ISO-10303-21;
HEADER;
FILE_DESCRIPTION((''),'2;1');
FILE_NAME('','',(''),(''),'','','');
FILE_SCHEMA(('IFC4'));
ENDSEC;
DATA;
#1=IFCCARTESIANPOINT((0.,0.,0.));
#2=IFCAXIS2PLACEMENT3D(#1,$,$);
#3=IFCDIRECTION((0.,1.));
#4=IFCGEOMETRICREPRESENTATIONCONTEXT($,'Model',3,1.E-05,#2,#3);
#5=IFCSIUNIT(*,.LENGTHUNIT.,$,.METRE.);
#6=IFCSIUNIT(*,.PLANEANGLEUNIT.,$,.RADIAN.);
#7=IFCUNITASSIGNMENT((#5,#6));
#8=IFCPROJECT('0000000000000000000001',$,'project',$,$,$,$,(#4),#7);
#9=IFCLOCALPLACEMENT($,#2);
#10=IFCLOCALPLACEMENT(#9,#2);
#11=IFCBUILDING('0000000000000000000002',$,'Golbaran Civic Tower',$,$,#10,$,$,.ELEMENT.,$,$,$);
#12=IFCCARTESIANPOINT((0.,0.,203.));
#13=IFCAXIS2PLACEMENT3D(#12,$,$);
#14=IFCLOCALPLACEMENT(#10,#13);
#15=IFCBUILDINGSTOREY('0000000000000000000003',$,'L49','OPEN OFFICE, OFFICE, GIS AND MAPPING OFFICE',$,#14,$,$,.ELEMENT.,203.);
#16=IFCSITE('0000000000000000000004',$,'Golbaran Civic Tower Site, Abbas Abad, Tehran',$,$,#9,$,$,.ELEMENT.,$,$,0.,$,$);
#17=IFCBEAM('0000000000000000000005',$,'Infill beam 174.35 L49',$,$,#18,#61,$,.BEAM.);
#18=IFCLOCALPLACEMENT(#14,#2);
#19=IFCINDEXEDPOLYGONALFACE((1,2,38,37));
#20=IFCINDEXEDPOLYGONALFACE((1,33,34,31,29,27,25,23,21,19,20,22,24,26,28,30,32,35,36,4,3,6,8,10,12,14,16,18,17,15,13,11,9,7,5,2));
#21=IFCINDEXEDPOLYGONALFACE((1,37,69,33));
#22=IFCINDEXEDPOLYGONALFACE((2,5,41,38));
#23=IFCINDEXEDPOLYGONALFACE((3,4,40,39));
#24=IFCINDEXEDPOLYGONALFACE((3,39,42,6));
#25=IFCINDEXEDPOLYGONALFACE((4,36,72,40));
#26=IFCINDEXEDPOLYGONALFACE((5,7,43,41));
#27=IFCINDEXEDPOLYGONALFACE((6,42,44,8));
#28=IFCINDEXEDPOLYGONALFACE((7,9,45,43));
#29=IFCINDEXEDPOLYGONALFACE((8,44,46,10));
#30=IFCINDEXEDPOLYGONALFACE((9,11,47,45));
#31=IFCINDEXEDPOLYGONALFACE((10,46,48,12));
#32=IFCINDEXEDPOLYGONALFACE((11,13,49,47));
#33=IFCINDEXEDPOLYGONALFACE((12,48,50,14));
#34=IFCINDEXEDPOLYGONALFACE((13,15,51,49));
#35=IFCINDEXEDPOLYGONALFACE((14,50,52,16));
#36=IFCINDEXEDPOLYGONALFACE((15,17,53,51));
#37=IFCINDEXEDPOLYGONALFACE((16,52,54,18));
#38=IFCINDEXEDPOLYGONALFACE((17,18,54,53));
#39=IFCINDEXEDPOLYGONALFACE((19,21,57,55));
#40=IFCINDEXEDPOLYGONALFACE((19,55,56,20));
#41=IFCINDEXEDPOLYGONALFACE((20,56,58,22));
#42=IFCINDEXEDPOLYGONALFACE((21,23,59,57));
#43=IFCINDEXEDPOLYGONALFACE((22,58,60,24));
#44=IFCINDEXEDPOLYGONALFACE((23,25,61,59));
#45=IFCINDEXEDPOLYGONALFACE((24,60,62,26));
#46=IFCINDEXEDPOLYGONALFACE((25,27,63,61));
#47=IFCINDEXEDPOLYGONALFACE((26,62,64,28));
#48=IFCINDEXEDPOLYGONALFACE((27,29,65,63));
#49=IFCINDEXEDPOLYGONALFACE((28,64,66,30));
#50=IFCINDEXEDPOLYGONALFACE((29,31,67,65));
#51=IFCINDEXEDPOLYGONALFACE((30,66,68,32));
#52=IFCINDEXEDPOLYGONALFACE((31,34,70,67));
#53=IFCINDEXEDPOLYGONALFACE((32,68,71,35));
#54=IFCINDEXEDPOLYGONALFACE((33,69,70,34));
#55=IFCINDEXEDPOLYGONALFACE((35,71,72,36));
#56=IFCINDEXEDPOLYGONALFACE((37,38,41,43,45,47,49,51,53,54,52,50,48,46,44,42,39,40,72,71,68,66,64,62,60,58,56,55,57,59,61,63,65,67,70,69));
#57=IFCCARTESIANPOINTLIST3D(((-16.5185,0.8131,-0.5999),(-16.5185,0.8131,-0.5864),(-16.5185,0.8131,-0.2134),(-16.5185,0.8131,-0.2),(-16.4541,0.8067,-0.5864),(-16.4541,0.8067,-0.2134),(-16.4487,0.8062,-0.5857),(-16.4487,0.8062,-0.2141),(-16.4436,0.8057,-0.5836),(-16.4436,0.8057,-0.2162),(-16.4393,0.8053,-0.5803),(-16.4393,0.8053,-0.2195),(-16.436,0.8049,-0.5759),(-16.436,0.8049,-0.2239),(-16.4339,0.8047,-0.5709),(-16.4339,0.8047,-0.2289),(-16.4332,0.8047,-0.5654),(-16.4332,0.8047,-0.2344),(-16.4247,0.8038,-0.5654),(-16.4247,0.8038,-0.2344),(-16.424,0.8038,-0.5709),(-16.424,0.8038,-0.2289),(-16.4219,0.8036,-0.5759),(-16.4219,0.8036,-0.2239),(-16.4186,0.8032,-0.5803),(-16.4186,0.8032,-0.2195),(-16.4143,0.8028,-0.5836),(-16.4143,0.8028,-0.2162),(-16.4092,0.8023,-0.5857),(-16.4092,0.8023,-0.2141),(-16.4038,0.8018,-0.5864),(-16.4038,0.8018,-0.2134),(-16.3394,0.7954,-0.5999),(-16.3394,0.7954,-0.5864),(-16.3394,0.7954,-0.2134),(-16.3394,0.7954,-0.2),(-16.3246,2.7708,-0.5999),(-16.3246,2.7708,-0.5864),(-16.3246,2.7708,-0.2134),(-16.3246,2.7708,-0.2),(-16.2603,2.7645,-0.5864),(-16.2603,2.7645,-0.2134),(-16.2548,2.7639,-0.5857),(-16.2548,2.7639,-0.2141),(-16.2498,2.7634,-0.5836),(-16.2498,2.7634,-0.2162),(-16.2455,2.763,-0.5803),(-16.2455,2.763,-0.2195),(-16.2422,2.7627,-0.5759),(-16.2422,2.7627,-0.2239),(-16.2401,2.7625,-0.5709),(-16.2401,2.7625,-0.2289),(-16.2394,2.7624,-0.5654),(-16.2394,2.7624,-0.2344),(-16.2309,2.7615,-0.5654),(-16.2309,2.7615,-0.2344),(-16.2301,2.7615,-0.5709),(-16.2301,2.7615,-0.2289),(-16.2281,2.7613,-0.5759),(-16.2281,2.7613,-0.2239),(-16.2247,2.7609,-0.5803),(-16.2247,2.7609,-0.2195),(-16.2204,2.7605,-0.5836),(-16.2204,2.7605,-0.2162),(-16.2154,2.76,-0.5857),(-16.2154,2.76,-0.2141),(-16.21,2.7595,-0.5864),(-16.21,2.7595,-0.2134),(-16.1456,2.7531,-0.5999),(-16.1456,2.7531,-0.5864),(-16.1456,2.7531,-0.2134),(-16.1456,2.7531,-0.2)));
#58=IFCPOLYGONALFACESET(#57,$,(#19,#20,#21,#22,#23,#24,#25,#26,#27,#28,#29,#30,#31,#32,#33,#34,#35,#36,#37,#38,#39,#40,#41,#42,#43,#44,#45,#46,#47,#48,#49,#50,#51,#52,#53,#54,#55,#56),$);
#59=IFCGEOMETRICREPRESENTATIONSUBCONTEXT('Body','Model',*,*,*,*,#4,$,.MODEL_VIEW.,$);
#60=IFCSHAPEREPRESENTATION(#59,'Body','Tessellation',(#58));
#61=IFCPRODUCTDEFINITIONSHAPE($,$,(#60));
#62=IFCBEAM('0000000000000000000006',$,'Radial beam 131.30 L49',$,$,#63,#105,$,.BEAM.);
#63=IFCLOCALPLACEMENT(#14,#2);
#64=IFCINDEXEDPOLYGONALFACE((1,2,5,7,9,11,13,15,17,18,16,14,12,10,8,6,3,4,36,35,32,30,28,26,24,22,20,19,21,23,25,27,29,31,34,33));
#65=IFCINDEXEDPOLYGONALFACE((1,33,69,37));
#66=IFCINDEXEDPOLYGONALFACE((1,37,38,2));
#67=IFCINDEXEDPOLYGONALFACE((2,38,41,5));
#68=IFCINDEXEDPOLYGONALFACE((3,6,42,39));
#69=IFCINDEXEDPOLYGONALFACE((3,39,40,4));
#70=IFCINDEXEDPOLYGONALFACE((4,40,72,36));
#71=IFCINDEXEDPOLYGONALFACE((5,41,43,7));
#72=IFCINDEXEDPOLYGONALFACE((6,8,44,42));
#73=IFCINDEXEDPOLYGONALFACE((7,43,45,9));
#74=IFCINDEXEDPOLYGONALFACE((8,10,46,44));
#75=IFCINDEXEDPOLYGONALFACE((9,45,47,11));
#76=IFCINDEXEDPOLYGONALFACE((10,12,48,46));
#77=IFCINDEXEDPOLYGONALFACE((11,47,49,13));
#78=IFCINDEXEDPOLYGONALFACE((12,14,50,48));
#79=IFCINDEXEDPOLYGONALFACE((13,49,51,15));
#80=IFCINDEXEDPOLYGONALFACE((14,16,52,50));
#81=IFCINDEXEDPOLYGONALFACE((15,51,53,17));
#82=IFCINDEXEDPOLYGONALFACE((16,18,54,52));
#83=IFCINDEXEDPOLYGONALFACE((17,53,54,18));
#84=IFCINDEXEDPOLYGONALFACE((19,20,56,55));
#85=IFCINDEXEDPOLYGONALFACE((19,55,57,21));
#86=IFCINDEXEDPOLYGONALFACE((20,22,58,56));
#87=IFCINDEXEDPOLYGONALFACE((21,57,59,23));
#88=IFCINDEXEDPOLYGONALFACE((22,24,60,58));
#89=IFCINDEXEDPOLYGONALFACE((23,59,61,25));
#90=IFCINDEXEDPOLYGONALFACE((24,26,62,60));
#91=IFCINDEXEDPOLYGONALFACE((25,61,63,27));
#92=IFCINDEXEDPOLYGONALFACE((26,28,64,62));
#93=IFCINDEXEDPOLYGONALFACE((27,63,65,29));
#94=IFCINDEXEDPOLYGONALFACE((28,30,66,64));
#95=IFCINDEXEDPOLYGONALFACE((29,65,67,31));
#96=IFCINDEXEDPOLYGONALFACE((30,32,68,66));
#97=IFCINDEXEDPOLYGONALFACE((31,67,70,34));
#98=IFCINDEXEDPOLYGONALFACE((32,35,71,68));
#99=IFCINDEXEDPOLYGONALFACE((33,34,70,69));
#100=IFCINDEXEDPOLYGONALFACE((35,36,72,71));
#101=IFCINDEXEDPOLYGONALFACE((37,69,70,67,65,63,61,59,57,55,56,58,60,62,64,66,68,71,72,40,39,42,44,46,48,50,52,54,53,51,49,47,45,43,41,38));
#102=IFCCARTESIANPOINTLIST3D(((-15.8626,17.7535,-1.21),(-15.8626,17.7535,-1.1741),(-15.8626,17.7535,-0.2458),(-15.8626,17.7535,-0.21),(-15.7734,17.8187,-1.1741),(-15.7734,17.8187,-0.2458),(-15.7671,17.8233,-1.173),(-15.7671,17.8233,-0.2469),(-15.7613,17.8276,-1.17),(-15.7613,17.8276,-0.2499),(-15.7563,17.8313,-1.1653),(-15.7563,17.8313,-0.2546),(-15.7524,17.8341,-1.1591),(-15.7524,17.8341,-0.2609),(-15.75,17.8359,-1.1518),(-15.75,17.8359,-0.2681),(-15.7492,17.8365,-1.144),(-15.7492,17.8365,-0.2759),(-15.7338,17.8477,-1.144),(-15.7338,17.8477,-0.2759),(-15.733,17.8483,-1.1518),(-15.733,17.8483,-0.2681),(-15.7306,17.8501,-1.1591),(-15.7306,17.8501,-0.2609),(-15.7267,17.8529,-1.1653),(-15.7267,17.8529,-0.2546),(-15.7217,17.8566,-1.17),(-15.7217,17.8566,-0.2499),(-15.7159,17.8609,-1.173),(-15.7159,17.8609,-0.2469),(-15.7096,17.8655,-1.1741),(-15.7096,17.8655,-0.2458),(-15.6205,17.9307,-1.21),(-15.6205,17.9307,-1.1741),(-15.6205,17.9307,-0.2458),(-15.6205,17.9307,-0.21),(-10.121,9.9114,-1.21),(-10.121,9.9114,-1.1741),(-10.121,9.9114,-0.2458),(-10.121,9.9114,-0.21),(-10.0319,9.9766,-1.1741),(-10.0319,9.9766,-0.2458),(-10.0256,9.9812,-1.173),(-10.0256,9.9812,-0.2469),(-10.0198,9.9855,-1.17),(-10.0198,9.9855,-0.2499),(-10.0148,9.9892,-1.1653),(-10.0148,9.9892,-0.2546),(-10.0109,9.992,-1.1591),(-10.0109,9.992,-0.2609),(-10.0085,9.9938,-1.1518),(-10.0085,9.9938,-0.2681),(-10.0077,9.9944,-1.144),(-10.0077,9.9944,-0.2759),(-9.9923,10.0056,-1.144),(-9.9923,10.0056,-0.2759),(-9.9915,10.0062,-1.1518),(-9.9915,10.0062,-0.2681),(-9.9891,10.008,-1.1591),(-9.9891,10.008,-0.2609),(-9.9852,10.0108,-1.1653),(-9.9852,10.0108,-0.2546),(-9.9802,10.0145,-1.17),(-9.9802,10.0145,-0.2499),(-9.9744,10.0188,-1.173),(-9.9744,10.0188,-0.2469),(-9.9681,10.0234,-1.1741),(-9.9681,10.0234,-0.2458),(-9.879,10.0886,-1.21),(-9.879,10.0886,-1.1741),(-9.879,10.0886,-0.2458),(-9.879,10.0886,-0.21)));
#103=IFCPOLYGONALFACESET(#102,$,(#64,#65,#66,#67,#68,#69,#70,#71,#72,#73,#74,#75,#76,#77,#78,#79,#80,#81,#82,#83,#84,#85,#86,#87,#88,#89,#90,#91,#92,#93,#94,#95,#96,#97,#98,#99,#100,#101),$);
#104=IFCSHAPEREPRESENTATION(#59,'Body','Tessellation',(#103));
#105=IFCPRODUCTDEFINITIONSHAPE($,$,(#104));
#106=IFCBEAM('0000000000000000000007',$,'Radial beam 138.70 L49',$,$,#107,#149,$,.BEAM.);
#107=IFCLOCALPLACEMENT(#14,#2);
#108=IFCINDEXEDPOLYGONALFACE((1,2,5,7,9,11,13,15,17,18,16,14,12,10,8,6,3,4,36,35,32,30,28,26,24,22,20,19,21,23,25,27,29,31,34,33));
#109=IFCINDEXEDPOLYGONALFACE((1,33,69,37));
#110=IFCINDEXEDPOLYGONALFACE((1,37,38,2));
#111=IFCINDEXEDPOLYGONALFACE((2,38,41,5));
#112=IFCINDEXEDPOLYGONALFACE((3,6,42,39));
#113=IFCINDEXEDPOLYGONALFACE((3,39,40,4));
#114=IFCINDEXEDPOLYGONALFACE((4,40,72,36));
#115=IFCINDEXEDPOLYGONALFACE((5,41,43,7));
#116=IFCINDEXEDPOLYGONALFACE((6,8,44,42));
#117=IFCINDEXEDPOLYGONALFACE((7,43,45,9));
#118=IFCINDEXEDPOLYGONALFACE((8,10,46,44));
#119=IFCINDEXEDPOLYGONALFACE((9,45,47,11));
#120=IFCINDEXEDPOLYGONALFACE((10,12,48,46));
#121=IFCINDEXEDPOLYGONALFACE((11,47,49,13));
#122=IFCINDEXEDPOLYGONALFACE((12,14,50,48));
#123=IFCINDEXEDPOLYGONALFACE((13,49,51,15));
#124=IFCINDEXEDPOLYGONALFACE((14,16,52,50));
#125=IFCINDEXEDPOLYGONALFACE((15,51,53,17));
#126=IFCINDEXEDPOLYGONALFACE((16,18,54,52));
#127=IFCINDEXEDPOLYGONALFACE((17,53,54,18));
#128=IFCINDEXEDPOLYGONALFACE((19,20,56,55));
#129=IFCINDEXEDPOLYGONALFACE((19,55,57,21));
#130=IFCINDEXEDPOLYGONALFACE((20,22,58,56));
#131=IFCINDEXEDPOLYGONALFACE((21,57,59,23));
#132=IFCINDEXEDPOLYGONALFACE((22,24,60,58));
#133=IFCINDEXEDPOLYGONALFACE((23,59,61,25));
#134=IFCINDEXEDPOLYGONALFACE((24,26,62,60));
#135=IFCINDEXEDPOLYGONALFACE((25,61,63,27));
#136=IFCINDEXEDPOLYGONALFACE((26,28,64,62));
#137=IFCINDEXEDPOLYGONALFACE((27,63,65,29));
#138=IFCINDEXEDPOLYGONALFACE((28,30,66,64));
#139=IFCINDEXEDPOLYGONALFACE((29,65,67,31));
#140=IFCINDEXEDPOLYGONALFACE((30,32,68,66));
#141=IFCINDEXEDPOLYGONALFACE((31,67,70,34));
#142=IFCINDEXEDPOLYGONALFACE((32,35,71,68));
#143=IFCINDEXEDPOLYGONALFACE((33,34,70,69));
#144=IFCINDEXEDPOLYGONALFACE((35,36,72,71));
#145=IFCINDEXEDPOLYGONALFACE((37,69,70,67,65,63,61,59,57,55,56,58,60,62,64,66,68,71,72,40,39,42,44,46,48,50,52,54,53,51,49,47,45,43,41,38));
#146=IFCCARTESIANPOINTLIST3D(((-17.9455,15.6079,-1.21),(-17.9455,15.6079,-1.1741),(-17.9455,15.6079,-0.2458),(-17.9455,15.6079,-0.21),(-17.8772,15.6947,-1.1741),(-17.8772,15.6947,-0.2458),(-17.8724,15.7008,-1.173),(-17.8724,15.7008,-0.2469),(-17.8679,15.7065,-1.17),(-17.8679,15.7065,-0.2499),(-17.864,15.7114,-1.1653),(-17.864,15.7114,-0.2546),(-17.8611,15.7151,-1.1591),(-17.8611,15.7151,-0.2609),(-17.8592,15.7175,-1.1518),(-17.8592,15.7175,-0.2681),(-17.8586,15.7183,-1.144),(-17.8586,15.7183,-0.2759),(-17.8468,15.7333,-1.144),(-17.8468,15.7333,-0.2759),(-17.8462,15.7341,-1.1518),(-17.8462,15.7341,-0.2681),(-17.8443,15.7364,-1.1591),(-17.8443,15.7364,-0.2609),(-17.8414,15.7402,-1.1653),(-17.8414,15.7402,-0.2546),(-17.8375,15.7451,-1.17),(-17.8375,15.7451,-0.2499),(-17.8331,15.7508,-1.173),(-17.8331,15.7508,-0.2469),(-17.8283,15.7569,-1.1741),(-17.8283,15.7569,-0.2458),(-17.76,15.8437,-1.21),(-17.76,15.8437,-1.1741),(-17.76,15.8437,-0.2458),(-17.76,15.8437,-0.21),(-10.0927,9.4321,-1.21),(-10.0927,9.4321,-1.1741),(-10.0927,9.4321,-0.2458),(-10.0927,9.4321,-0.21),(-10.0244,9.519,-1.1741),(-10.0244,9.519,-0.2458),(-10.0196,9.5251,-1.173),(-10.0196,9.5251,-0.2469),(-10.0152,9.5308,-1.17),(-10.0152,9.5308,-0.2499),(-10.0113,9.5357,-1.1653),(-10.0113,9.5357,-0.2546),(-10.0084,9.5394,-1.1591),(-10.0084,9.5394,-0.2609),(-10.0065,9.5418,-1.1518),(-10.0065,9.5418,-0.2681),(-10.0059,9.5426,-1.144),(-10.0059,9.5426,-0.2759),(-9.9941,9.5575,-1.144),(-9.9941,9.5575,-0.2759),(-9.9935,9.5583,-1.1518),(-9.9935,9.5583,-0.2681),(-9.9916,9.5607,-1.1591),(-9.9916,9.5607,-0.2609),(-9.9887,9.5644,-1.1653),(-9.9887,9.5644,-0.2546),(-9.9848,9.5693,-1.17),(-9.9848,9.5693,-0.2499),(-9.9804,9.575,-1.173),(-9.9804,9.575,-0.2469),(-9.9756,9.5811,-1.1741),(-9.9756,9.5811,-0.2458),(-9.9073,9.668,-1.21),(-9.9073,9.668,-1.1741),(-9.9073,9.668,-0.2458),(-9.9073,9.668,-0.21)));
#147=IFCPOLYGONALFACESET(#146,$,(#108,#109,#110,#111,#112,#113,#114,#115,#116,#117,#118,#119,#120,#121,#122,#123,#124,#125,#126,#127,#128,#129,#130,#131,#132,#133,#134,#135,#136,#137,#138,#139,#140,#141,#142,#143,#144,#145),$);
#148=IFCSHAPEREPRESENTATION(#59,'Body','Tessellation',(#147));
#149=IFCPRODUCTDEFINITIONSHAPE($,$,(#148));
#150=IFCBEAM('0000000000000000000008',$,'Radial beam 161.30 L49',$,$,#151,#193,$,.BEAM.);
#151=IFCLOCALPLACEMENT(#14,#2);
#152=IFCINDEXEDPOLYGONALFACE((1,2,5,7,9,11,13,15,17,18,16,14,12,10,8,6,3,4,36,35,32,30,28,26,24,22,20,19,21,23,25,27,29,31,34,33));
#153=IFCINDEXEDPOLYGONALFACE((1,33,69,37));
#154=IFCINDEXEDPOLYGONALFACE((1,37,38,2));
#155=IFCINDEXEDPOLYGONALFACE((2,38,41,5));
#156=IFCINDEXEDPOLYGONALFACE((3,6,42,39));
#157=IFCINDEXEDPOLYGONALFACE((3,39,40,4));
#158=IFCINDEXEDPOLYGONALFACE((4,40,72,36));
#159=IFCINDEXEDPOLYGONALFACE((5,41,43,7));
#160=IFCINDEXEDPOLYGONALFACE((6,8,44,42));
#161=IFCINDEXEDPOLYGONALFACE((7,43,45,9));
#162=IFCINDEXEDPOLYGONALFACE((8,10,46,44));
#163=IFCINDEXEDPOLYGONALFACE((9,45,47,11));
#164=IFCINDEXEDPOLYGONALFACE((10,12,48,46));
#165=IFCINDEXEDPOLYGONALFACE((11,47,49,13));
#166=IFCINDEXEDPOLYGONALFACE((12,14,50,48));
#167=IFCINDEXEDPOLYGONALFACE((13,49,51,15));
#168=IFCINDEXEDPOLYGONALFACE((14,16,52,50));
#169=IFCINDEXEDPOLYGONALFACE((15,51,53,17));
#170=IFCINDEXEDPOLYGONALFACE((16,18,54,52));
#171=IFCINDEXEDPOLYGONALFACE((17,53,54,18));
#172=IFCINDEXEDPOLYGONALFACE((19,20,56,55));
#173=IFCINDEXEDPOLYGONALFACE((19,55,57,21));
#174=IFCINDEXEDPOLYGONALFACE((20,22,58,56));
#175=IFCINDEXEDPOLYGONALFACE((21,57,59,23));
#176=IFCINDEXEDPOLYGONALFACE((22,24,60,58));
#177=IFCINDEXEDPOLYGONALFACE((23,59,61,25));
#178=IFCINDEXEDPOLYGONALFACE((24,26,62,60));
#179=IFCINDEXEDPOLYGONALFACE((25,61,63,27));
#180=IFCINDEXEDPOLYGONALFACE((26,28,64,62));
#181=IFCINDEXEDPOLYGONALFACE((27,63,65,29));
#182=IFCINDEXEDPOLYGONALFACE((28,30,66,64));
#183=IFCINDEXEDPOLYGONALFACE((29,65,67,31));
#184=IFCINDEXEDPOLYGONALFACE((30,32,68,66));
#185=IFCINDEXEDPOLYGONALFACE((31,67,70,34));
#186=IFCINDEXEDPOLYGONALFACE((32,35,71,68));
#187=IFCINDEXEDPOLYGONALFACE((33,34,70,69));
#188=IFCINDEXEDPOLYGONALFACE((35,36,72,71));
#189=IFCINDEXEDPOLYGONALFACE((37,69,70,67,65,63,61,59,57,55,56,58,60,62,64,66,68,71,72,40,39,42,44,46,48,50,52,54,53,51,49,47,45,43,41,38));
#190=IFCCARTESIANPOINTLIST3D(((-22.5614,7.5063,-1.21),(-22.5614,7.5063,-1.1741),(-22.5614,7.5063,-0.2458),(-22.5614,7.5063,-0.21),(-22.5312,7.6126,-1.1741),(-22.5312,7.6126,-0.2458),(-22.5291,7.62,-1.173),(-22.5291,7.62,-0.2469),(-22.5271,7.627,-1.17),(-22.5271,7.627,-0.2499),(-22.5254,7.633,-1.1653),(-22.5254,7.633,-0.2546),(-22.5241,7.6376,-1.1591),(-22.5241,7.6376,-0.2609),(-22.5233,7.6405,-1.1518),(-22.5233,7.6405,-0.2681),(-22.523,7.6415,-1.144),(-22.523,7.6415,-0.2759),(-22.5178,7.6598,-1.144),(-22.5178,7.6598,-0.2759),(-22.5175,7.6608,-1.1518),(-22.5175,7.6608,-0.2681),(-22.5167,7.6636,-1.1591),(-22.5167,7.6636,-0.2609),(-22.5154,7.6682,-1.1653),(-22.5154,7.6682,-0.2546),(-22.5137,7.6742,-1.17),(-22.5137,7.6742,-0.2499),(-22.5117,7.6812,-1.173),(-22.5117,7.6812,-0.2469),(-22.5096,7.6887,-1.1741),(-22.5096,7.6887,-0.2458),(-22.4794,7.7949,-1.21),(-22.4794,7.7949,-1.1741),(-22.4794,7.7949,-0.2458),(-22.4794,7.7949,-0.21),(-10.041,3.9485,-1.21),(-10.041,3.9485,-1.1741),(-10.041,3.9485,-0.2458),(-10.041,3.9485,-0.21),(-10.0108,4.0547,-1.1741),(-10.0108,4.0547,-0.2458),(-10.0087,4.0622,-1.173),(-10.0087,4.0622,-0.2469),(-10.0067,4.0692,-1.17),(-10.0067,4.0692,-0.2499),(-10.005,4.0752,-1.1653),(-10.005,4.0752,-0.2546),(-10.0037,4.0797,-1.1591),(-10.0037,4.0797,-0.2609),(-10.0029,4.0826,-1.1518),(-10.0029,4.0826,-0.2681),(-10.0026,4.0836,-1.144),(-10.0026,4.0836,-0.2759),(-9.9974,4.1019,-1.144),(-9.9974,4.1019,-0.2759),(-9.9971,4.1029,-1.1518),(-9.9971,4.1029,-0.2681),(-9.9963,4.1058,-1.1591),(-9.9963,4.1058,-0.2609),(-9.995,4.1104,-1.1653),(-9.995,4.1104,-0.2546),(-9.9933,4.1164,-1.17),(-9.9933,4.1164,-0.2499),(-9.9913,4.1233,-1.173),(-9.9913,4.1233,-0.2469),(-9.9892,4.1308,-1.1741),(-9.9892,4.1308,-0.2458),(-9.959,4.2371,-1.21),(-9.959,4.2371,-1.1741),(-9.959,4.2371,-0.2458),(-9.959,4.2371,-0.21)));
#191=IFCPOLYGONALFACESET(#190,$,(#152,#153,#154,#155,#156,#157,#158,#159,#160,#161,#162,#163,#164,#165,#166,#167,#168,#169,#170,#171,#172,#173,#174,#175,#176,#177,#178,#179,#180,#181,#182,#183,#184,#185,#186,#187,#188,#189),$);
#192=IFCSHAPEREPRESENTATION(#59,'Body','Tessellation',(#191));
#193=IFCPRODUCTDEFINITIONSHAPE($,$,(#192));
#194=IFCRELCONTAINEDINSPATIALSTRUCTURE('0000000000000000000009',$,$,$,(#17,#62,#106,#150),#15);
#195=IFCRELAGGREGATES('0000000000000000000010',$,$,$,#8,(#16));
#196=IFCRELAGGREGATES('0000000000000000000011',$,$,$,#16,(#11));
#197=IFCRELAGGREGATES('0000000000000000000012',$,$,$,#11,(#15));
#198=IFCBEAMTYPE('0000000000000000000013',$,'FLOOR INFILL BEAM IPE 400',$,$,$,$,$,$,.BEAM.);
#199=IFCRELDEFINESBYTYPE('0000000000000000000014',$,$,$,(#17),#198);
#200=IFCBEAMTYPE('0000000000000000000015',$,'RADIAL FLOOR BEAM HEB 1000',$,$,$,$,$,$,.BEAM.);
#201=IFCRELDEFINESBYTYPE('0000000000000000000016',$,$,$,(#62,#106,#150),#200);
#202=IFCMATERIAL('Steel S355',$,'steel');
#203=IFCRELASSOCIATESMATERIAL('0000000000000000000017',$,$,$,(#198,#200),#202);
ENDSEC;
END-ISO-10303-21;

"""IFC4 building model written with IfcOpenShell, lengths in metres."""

from ifc_helpers import new_model, si_unit, direction, frame, origin, origin_2d, place, context, subcontext, project, spatial, i_section, extrude, material, material_profile, profile_set, type_object, element, save


model = new_model("IFC4")

# Units and contexts
model_context = context("Model", 3, precision=1e-05, world=origin(), true_north=direction((0.0, 1.0)))
body_context = subcontext(model_context, "Body", "Model", "MODEL_VIEW")
ifc_project = project(units=[si_unit("LENGTHUNIT", "METRE"), si_unit("PLANEANGLEUNIT", "RADIAN")], contexts=[model_context])

# Site, building, storey
site_placement = place(None, origin())
site = spatial("IfcSite", under=ifc_project, at=site_placement, Name="Golbaran Civic Tower Site, Abbas Abad, Tehran", CompositionType="ELEMENT", RefElevation=0.0)
building_placement = place(site_placement, origin())
building = spatial("IfcBuilding", under=site, at=building_placement, Name="Golbaran Civic Tower", CompositionType="ELEMENT")
storey_placement = place(building_placement, frame((0.0, 0.0, 203.0)))
storey = spatial("IfcBuildingStorey", under=building, at=storey_placement, Name="L49", Description="OPEN OFFICE, OFFICE, GIS AND MAPPING OFFICE", CompositionType="ELEMENT", Elevation=203.0)

# Beams
ifc_material_1 = material(Name="Steel S355", Category="steel")
ifc_material_profile_1 = material_profile(ifc_material_1, i_section(OverallWidth=0.1799, OverallDepth=0.3999, WebThickness=0.0085, FlangeThickness=0.0134, FilletRadius=0.021, at=origin_2d()), Name="IPE 400")
ifc_profile_set_1 = profile_set([ifc_material_profile_1], Name="Steel S355")
beam_type_1 = type_object("IfcBeamType", Name="FLOOR INFILL BEAM IPE 400", PredefinedType="BEAM", material=ifc_profile_set_1)
beam_1_placement = place(storey_placement, frame((-16.2351, 2.762, -0.3999), z_axis=(-0.098533, -0.995134, 0.0), x_axis=(0.995134, -0.098533, 0.0)))
element("IfcBeam", 1, at=beam_1_placement, inside=storey, type_object=beam_type_1, Name="Infill beam 174.35 L49", PredefinedType="BEAM", context=body_context, shape_type="SweptSolid", body=[
    extrude(i_section(OverallWidth=0.1799, OverallDepth=0.3999, WebThickness=0.0085, FlangeThickness=0.0134, FilletRadius=0.021, at=origin_2d()), origin(), (0.0, 0.0, 1.0), 1.9673),
])
ifc_material_profile_2 = material_profile(ifc_material_1, i_section(OverallWidth=0.3, OverallDepth=1.0, WebThickness=0.019, FlangeThickness=0.0359, FilletRadius=0.03, at=origin_2d()), Name="HEB 1000")
ifc_profile_set_2 = profile_set([ifc_material_profile_2], Name="Steel S355")
beam_type_2 = type_object("IfcBeamType", Name="RADIAL FLOOR BEAM HEB 1000", PredefinedType="BEAM", material=ifc_profile_set_2)
beam_2_placement = place(storey_placement, frame((-10.0, 10.0, -0.71), z_axis=(-0.590736, 0.806865, 0.0), x_axis=(-0.806865, -0.590736, 0.0)))
element("IfcBeam", 2, at=beam_2_placement, inside=storey, type_object=beam_type_2, Name="Radial beam 131.30 L49", PredefinedType="BEAM", context=body_context, shape_type="SweptSolid", body=[
    extrude(i_section(OverallWidth=0.3, OverallDepth=1.0, WebThickness=0.019, FlangeThickness=0.0359, FilletRadius=0.03, at=origin_2d()), origin(), (0.0, 0.0, 1.0), 9.7192),
])
beam_3_placement = place(storey_placement, frame((-10.0, 9.55, -0.71), z_axis=(-0.786039, 0.618177, 0.0), x_axis=(-0.618177, -0.786039, 0.0)))
element("IfcBeam", 3, at=beam_3_placement, inside=storey, type_object=beam_type_2, Name="Radial beam 138.70 L49", PredefinedType="BEAM", context=body_context, shape_type="SweptSolid", body=[
    extrude(i_section(OverallWidth=0.3, OverallDepth=1.0, WebThickness=0.019, FlangeThickness=0.0359, FilletRadius=0.03, at=origin_2d()), origin(), (0.0, 0.0, 1.0), 9.9902),
])
beam_4_placement = place(storey_placement, frame((-10.0, 4.0928, -0.71), z_axis=(-0.961917, 0.273341, 0.0), x_axis=(-0.273341, -0.961917, 0.0)))
element("IfcBeam", 4, at=beam_4_placement, inside=storey, type_object=beam_type_2, Name="Radial beam 161.30 L49", PredefinedType="BEAM", context=body_context, shape_type="SweptSolid", body=[
    extrude(i_section(OverallWidth=0.3, OverallDepth=1.0, WebThickness=0.019, FlangeThickness=0.0359, FilletRadius=0.03, at=origin_2d()), origin(), (0.0, 0.0, 1.0), 13.0161),
])

save(model, "model.ifc")
